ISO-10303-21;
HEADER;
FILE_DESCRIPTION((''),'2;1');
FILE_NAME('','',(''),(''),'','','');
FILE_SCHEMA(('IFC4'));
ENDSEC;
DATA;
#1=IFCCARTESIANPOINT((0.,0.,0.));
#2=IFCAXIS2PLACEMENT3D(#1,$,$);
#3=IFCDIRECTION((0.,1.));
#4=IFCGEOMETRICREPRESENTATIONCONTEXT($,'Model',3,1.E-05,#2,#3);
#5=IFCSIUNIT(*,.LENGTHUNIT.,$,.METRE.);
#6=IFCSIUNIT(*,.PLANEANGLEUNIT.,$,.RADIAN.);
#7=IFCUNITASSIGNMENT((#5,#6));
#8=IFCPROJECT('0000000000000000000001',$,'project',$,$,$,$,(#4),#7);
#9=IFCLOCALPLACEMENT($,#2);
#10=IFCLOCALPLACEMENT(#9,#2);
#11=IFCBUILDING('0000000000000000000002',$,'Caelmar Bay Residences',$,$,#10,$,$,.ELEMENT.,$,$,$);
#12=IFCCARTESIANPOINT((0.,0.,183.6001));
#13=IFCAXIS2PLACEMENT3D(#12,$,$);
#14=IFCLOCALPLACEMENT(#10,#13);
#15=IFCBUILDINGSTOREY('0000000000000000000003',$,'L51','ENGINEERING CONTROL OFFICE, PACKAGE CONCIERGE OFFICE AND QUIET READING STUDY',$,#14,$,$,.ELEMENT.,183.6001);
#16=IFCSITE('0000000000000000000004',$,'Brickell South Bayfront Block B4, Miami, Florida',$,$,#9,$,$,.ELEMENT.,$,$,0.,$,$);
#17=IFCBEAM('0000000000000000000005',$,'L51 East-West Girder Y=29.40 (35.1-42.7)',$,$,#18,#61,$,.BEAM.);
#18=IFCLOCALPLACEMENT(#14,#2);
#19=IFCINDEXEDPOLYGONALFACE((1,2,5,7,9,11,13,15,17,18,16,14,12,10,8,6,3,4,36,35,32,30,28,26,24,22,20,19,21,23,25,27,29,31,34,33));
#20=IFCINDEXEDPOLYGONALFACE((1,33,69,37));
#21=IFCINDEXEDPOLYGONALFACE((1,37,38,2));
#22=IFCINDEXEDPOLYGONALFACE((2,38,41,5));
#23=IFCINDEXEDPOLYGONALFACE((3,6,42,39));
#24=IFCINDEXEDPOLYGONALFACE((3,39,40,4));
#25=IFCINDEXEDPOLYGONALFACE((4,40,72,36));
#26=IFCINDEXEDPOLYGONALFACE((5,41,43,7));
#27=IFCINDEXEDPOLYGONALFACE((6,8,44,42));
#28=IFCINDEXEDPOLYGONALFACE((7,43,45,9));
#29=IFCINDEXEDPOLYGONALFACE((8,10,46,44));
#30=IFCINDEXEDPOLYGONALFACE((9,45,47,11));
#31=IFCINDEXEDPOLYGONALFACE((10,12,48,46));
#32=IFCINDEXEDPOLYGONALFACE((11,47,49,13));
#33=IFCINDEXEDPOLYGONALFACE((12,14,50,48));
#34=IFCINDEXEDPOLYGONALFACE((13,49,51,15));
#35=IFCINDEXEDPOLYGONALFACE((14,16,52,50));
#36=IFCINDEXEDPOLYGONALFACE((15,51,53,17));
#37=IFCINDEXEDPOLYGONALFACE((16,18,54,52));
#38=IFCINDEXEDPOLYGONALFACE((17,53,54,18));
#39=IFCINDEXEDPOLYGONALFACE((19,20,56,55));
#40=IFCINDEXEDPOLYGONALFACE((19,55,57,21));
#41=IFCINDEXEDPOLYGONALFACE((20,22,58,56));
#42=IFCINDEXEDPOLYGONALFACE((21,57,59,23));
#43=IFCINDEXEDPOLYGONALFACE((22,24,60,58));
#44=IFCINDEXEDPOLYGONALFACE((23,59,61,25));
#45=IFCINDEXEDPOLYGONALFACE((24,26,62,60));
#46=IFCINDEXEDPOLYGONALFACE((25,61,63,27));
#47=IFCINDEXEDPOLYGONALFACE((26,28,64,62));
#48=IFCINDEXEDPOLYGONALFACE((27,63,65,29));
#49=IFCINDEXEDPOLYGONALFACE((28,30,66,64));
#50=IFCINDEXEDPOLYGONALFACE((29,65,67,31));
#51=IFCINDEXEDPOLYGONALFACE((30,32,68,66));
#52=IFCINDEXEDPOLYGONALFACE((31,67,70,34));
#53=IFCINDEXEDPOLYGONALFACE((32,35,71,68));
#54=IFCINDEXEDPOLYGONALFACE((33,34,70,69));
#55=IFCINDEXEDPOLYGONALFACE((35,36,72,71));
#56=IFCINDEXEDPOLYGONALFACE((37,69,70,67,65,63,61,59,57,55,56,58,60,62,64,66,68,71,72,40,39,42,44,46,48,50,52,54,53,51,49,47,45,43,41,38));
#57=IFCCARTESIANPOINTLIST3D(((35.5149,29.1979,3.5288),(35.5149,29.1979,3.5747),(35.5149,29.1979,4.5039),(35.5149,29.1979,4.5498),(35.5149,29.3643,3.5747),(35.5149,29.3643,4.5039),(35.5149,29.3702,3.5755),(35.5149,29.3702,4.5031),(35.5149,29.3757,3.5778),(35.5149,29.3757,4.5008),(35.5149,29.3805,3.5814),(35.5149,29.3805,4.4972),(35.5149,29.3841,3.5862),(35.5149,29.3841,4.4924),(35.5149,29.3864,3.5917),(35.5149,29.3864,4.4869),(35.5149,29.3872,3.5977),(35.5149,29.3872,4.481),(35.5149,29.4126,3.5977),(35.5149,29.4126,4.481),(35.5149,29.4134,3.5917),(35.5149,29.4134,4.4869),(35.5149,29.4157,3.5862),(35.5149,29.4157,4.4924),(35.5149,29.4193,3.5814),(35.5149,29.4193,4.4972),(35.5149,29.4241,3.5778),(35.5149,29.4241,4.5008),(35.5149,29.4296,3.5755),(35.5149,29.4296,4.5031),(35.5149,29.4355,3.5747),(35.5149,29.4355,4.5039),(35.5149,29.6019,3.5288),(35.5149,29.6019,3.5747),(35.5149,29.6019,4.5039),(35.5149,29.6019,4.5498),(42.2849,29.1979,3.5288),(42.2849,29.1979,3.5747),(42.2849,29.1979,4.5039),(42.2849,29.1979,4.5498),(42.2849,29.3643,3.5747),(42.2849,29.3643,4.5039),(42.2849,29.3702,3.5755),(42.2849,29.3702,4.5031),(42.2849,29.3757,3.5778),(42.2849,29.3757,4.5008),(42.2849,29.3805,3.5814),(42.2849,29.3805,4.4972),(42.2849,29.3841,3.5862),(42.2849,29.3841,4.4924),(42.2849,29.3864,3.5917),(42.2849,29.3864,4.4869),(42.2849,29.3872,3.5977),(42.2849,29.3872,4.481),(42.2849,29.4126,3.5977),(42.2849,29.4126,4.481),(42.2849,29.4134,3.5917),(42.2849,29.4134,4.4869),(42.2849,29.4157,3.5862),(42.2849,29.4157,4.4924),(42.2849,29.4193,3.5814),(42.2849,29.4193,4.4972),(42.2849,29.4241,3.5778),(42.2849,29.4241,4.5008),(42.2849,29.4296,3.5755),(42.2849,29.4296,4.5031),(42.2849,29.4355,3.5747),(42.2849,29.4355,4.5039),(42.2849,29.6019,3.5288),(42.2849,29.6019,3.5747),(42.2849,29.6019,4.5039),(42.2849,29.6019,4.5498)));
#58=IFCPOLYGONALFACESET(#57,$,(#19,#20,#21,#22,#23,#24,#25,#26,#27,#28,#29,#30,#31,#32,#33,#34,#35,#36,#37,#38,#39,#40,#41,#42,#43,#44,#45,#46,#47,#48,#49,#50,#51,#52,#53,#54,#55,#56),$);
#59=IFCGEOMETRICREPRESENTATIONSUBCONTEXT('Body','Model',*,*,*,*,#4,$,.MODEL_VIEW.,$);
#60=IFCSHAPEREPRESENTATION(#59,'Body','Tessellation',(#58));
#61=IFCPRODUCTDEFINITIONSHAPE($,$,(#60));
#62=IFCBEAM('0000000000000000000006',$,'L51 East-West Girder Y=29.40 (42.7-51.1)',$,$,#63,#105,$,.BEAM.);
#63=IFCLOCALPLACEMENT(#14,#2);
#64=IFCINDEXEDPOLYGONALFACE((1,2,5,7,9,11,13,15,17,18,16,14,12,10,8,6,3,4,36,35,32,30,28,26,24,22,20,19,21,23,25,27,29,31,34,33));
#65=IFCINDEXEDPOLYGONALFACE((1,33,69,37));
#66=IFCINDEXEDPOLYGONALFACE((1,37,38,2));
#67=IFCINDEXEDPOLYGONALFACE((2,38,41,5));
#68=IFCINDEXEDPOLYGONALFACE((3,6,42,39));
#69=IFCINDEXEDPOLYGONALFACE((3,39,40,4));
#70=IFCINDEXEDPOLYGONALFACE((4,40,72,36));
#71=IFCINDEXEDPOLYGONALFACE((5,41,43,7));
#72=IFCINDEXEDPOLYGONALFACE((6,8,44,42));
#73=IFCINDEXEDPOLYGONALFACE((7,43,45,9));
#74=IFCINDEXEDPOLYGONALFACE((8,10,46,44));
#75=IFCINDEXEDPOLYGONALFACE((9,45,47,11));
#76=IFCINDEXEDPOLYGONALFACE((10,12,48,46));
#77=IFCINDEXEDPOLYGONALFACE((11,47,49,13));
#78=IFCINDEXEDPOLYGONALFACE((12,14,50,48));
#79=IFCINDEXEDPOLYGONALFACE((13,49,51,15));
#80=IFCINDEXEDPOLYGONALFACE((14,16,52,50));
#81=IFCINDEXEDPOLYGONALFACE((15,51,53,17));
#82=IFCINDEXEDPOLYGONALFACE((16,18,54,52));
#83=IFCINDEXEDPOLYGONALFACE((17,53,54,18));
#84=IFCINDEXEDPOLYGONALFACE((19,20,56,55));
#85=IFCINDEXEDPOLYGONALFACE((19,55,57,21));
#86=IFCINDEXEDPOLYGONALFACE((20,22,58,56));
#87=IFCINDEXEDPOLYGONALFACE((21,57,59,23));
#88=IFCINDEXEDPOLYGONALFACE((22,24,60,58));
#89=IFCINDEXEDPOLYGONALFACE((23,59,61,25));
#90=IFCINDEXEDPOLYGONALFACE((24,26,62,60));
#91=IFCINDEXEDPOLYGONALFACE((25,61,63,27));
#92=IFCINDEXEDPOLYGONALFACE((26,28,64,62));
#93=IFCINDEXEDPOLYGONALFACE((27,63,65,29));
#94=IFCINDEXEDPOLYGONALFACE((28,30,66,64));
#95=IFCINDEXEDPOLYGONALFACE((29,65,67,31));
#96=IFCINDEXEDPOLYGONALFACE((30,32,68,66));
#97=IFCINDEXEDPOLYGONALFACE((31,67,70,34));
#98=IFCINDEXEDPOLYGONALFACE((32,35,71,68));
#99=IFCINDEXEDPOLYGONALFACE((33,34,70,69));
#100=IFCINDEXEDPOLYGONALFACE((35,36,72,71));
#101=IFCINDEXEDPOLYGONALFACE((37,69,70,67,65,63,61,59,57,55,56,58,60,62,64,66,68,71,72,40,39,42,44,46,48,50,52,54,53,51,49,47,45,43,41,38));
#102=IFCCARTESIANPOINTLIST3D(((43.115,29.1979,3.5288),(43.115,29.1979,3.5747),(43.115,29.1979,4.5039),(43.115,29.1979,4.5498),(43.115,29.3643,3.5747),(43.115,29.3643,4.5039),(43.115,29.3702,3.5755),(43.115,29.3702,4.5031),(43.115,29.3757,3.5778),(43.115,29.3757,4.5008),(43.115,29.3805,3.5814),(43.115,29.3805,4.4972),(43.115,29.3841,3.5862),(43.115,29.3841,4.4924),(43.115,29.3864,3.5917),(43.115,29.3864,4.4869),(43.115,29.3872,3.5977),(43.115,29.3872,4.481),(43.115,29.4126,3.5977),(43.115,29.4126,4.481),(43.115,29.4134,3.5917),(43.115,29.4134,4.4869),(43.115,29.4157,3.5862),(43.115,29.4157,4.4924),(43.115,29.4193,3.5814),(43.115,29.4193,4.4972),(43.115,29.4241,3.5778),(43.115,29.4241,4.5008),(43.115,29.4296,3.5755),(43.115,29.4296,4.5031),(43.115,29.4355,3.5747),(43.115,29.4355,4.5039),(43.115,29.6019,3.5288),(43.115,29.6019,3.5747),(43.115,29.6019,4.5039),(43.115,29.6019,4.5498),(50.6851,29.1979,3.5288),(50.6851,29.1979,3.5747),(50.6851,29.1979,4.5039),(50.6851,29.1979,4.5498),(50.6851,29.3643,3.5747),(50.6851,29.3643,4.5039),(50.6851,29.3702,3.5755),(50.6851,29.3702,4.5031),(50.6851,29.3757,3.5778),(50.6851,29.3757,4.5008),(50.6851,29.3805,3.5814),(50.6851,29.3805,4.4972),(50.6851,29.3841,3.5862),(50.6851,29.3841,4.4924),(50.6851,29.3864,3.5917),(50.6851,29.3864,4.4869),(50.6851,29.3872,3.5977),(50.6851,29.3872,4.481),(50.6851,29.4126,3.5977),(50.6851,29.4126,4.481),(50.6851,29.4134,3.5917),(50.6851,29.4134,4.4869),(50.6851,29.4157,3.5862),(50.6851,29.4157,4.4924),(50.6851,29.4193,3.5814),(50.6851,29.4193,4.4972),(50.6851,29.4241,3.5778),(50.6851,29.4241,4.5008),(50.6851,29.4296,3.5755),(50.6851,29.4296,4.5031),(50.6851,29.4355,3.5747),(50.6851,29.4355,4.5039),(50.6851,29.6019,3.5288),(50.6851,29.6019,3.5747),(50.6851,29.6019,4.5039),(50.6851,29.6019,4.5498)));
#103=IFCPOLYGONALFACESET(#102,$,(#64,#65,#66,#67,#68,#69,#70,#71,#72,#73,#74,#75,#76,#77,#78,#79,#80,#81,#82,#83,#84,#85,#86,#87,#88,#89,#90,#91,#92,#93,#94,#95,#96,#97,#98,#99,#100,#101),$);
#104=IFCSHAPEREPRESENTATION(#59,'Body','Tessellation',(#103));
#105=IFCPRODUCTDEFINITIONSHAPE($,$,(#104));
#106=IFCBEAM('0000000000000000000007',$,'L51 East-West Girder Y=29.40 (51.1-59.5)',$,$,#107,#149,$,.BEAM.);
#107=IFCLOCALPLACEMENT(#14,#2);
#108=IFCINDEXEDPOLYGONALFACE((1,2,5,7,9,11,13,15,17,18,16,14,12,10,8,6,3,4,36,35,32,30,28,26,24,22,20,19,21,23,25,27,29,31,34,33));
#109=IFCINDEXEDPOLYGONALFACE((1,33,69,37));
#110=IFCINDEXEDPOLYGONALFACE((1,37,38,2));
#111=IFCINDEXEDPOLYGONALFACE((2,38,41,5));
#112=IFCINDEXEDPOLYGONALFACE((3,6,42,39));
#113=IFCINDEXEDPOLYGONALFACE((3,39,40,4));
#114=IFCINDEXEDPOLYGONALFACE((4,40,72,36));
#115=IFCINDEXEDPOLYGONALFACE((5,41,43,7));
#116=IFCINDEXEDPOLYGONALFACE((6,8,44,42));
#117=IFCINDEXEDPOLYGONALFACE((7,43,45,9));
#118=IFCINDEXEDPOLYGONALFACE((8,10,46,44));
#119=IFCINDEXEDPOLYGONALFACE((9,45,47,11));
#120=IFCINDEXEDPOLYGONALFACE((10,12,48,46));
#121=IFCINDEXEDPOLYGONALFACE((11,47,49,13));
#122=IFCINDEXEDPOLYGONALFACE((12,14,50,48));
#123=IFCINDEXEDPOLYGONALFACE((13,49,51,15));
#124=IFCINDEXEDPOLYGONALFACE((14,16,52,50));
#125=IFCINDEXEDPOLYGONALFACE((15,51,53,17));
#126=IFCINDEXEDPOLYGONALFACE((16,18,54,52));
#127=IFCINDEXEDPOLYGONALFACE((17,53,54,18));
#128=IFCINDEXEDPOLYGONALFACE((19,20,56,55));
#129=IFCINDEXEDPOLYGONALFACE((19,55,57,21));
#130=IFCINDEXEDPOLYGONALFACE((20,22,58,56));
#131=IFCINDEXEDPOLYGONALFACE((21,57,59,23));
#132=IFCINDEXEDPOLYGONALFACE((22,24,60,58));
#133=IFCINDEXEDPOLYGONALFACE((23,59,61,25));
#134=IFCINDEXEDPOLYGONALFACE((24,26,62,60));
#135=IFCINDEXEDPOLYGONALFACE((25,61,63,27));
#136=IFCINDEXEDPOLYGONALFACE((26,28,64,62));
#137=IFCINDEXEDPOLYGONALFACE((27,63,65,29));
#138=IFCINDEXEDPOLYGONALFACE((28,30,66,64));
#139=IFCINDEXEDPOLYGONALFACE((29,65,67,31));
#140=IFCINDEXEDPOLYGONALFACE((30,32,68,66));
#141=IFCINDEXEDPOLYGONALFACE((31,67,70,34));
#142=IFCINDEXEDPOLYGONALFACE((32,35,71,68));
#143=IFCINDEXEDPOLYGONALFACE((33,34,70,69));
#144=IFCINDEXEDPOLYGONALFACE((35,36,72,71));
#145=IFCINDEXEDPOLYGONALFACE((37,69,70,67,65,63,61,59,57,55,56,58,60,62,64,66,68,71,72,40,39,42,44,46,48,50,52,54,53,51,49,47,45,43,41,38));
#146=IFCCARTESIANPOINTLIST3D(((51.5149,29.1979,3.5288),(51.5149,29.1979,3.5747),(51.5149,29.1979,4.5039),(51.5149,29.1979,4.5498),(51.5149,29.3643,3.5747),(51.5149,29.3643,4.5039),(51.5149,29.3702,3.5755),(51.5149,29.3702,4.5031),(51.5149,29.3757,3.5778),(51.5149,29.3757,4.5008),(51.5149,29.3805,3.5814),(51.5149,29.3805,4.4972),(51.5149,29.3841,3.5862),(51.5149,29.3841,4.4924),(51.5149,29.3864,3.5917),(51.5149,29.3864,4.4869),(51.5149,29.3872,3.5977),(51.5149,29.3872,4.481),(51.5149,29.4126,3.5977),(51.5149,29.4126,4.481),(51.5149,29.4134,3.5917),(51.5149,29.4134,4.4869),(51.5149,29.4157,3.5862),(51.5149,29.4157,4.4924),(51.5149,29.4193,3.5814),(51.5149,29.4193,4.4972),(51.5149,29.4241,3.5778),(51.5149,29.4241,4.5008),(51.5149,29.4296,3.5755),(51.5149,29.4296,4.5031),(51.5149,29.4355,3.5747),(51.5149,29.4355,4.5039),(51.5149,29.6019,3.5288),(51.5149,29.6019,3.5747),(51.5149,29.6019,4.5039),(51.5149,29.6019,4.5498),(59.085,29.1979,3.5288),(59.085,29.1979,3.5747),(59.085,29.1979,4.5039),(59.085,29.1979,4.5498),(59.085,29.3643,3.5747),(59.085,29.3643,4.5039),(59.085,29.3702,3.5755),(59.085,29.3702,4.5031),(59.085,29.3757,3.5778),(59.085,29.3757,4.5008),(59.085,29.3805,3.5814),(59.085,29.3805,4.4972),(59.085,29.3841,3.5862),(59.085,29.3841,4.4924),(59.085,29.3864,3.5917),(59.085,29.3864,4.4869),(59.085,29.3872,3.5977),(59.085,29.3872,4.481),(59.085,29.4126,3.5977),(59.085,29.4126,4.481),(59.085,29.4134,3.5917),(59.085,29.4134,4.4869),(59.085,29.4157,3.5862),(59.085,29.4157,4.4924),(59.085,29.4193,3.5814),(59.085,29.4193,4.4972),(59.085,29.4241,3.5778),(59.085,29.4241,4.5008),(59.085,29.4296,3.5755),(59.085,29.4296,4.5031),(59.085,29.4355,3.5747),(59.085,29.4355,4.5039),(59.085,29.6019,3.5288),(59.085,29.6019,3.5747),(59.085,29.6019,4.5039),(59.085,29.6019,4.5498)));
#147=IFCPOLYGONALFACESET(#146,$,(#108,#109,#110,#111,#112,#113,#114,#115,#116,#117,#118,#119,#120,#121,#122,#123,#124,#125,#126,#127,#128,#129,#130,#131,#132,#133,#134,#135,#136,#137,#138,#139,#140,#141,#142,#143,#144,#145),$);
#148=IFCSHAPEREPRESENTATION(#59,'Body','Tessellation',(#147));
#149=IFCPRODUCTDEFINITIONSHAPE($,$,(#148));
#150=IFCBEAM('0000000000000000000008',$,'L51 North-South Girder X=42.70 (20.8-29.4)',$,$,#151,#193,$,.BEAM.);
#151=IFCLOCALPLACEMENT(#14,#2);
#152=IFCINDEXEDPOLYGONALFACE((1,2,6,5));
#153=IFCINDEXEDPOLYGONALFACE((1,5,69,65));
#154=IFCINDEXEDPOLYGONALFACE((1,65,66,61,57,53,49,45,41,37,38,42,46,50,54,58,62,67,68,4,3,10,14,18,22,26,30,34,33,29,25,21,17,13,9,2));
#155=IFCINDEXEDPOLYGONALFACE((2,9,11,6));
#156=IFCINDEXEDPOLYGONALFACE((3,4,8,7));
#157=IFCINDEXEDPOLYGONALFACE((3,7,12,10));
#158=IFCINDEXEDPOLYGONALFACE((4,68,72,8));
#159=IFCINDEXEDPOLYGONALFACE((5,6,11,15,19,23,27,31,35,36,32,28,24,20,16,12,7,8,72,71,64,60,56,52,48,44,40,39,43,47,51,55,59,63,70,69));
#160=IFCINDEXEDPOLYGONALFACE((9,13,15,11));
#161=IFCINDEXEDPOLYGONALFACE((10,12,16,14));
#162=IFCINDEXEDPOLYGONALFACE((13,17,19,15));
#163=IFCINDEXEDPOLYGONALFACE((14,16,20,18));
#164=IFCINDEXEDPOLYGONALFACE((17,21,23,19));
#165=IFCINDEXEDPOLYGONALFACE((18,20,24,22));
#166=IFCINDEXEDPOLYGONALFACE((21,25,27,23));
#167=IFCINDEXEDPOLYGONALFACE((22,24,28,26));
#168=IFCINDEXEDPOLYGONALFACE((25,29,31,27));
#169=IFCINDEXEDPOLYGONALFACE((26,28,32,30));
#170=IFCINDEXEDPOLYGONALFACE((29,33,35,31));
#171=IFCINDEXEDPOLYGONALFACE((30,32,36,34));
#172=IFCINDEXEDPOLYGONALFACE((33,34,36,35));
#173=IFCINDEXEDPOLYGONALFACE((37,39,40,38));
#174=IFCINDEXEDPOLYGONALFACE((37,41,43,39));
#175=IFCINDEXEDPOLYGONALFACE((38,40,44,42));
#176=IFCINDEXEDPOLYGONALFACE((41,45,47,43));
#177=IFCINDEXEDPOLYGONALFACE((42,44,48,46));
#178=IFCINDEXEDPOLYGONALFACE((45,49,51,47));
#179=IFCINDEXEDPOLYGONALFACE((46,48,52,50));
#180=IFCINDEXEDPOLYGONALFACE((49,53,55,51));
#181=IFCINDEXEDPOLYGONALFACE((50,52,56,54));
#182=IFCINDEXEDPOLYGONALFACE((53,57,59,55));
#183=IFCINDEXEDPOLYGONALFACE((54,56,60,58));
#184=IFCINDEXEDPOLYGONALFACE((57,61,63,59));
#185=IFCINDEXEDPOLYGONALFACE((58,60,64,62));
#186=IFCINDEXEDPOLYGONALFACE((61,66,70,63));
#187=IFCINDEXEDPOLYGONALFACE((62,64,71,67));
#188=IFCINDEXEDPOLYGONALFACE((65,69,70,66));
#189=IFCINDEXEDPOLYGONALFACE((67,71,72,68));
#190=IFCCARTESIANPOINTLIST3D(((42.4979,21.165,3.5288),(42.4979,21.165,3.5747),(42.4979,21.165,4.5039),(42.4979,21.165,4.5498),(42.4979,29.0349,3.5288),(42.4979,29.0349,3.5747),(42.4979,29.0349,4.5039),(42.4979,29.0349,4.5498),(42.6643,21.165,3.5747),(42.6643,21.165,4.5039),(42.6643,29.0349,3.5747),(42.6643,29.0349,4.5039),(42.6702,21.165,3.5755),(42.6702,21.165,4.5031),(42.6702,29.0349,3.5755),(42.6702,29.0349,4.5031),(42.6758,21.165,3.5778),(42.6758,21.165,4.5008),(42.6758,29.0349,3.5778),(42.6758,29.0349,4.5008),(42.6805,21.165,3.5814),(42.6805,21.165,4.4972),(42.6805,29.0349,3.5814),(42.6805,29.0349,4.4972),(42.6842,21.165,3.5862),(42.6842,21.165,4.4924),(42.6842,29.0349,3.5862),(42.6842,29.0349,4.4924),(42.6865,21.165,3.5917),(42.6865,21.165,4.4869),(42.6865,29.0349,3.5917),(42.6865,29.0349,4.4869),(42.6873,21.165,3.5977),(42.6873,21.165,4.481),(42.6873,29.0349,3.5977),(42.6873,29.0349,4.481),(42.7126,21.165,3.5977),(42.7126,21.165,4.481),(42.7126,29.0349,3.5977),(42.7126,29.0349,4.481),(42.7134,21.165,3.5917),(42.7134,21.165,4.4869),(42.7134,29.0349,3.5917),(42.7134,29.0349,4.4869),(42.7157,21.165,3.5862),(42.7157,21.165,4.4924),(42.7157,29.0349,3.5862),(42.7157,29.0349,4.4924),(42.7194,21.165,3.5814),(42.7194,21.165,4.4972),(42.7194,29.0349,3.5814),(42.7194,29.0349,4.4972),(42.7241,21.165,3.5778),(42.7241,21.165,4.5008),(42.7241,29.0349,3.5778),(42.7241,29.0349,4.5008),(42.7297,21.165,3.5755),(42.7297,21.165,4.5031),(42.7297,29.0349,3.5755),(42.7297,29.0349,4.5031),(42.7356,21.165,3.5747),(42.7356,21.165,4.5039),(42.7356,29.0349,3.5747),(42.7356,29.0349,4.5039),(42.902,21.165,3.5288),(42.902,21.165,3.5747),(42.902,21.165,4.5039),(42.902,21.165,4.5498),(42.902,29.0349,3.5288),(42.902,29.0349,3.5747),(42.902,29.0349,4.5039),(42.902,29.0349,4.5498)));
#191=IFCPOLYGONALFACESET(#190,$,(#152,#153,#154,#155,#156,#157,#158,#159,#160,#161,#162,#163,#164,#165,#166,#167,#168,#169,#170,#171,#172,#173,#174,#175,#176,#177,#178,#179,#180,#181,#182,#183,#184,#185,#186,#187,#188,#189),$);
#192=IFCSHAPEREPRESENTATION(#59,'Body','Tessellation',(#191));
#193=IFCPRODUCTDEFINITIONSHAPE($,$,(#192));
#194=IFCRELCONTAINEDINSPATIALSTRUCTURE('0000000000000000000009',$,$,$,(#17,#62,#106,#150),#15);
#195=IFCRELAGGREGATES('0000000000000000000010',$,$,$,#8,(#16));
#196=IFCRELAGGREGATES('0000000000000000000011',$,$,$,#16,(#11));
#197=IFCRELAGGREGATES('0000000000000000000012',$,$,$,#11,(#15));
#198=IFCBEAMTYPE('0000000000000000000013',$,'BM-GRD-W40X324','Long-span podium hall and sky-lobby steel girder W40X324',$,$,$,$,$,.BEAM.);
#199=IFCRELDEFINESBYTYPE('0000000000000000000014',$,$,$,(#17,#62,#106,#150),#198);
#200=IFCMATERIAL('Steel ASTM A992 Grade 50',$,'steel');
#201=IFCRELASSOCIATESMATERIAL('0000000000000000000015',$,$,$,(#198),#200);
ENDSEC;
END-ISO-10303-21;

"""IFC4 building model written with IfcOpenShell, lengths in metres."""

from ifc_helpers import new_model, si_unit, direction, frame, origin, origin_2d, place, context, subcontext, project, spatial, i_section, extrude, material, material_profile, profile_set, type_object, element, save


model = new_model("IFC4")

# Units and contexts
model_context = context("Model", 3, precision=1e-05, world=origin(), true_north=direction((0.0, 1.0)))
body_context = subcontext(model_context, "Body", "Model", "MODEL_VIEW")
ifc_project = project(units=[si_unit("LENGTHUNIT", "METRE"), si_unit("PLANEANGLEUNIT", "RADIAN")], contexts=[model_context])

# Site, building, storey
site_placement = place(None, origin())
site = spatial("IfcSite", under=ifc_project, at=site_placement, Name="Brickell South Bayfront Block B4, Miami, Florida", CompositionType="ELEMENT", RefElevation=0.0)
building_placement = place(site_placement, origin())
building = spatial("IfcBuilding", under=site, at=building_placement, Name="Caelmar Bay Residences", CompositionType="ELEMENT")
storey_placement = place(building_placement, frame((0.0, 0.0, 183.6001)))
storey = spatial("IfcBuildingStorey", under=building, at=storey_placement, Name="L51", Description="ENGINEERING CONTROL OFFICE, PACKAGE CONCIERGE OFFICE AND QUIET READING STUDY", CompositionType="ELEMENT", Elevation=183.6001)

# Beams
ifc_material_1 = material(Name="Steel ASTM A992 Grade 50", Category="steel")
ifc_material_profile_1 = material_profile(ifc_material_1, i_section(OverallWidth=0.4041, OverallDepth=1.021, WebThickness=0.0254, FlangeThickness=0.0459, FilletRadius=0.0229, at=origin_2d()), Name="W40X324")
ifc_profile_set_1 = profile_set([ifc_material_profile_1], Name="Steel ASTM A992 Grade 50")
beam_type_1 = type_object("IfcBeamType", Name="BM-GRD-W40X324", Description="Long-span podium hall and sky-lobby steel girder W40X324", PredefinedType="BEAM", material=ifc_profile_set_1)
beam_placement = place(storey_placement, frame((35.5149, 29.3999, 4.0393), z_axis=(1.0, 0.0, 0.0), x_axis=(0.0, 1.0, 0.0)))
element("IfcBeam", 1, at=beam_placement, inside=storey, type_object=beam_type_1, Name="L51 East-West Girder Y=29.40 (35.1-42.7)", PredefinedType="BEAM", context=body_context, shape_type="SweptSolid", body=[
    extrude(i_section(OverallWidth=0.4041, OverallDepth=1.021, WebThickness=0.0254, FlangeThickness=0.0459, FilletRadius=0.0229, at=origin_2d()), origin(), (0.0, 0.0, 1.0), 6.77),
])
for number, where, z_axis, x_axis, name in (
    (2, (43.115, 29.3999, 4.0393), (1.0, 0.0, 0.0), (0.0, 1.0, 0.0), "L51 East-West Girder Y=29.40 (42.7-51.1)"),
    (3, (51.5149, 29.3999, 4.0393), (1.0, 0.0, 0.0), (0.0, 1.0, 0.0), "L51 East-West Girder Y=29.40 (51.1-59.5)"),
):
    element("IfcBeam", number, at=place(storey_placement, frame(where, z_axis=z_axis, x_axis=x_axis)), inside=storey, type_object=beam_type_1, Name=name, PredefinedType="BEAM", context=body_context, shape_type="SweptSolid", body=[
        extrude(i_section(OverallWidth=0.4041, OverallDepth=1.021, WebThickness=0.0254, FlangeThickness=0.0459, FilletRadius=0.0229, at=origin_2d()), origin(), (0.0, 0.0, 1.0), 7.5701),
    ])
for number, where, z_axis, x_axis, name in (
    (4, (42.7, 21.165, 4.0393), (0.0, 1.0, 0.0), (-1.0, 0.0, 0.0), "L51 North-South Girder X=42.70 (20.8-29.4)"),
):
    element("IfcBeam", number, at=place(storey_placement, frame(where, z_axis=z_axis, x_axis=x_axis)), inside=storey, type_object=beam_type_1, Name=name, PredefinedType="BEAM", context=body_context, shape_type="SweptSolid", body=[
        extrude(i_section(OverallWidth=0.4041, OverallDepth=1.021, WebThickness=0.0254, FlangeThickness=0.0459, FilletRadius=0.0229, at=origin_2d()), origin(), (0.0, 0.0, 1.0), 7.8699),
    ])

save(model, "model.ifc")
